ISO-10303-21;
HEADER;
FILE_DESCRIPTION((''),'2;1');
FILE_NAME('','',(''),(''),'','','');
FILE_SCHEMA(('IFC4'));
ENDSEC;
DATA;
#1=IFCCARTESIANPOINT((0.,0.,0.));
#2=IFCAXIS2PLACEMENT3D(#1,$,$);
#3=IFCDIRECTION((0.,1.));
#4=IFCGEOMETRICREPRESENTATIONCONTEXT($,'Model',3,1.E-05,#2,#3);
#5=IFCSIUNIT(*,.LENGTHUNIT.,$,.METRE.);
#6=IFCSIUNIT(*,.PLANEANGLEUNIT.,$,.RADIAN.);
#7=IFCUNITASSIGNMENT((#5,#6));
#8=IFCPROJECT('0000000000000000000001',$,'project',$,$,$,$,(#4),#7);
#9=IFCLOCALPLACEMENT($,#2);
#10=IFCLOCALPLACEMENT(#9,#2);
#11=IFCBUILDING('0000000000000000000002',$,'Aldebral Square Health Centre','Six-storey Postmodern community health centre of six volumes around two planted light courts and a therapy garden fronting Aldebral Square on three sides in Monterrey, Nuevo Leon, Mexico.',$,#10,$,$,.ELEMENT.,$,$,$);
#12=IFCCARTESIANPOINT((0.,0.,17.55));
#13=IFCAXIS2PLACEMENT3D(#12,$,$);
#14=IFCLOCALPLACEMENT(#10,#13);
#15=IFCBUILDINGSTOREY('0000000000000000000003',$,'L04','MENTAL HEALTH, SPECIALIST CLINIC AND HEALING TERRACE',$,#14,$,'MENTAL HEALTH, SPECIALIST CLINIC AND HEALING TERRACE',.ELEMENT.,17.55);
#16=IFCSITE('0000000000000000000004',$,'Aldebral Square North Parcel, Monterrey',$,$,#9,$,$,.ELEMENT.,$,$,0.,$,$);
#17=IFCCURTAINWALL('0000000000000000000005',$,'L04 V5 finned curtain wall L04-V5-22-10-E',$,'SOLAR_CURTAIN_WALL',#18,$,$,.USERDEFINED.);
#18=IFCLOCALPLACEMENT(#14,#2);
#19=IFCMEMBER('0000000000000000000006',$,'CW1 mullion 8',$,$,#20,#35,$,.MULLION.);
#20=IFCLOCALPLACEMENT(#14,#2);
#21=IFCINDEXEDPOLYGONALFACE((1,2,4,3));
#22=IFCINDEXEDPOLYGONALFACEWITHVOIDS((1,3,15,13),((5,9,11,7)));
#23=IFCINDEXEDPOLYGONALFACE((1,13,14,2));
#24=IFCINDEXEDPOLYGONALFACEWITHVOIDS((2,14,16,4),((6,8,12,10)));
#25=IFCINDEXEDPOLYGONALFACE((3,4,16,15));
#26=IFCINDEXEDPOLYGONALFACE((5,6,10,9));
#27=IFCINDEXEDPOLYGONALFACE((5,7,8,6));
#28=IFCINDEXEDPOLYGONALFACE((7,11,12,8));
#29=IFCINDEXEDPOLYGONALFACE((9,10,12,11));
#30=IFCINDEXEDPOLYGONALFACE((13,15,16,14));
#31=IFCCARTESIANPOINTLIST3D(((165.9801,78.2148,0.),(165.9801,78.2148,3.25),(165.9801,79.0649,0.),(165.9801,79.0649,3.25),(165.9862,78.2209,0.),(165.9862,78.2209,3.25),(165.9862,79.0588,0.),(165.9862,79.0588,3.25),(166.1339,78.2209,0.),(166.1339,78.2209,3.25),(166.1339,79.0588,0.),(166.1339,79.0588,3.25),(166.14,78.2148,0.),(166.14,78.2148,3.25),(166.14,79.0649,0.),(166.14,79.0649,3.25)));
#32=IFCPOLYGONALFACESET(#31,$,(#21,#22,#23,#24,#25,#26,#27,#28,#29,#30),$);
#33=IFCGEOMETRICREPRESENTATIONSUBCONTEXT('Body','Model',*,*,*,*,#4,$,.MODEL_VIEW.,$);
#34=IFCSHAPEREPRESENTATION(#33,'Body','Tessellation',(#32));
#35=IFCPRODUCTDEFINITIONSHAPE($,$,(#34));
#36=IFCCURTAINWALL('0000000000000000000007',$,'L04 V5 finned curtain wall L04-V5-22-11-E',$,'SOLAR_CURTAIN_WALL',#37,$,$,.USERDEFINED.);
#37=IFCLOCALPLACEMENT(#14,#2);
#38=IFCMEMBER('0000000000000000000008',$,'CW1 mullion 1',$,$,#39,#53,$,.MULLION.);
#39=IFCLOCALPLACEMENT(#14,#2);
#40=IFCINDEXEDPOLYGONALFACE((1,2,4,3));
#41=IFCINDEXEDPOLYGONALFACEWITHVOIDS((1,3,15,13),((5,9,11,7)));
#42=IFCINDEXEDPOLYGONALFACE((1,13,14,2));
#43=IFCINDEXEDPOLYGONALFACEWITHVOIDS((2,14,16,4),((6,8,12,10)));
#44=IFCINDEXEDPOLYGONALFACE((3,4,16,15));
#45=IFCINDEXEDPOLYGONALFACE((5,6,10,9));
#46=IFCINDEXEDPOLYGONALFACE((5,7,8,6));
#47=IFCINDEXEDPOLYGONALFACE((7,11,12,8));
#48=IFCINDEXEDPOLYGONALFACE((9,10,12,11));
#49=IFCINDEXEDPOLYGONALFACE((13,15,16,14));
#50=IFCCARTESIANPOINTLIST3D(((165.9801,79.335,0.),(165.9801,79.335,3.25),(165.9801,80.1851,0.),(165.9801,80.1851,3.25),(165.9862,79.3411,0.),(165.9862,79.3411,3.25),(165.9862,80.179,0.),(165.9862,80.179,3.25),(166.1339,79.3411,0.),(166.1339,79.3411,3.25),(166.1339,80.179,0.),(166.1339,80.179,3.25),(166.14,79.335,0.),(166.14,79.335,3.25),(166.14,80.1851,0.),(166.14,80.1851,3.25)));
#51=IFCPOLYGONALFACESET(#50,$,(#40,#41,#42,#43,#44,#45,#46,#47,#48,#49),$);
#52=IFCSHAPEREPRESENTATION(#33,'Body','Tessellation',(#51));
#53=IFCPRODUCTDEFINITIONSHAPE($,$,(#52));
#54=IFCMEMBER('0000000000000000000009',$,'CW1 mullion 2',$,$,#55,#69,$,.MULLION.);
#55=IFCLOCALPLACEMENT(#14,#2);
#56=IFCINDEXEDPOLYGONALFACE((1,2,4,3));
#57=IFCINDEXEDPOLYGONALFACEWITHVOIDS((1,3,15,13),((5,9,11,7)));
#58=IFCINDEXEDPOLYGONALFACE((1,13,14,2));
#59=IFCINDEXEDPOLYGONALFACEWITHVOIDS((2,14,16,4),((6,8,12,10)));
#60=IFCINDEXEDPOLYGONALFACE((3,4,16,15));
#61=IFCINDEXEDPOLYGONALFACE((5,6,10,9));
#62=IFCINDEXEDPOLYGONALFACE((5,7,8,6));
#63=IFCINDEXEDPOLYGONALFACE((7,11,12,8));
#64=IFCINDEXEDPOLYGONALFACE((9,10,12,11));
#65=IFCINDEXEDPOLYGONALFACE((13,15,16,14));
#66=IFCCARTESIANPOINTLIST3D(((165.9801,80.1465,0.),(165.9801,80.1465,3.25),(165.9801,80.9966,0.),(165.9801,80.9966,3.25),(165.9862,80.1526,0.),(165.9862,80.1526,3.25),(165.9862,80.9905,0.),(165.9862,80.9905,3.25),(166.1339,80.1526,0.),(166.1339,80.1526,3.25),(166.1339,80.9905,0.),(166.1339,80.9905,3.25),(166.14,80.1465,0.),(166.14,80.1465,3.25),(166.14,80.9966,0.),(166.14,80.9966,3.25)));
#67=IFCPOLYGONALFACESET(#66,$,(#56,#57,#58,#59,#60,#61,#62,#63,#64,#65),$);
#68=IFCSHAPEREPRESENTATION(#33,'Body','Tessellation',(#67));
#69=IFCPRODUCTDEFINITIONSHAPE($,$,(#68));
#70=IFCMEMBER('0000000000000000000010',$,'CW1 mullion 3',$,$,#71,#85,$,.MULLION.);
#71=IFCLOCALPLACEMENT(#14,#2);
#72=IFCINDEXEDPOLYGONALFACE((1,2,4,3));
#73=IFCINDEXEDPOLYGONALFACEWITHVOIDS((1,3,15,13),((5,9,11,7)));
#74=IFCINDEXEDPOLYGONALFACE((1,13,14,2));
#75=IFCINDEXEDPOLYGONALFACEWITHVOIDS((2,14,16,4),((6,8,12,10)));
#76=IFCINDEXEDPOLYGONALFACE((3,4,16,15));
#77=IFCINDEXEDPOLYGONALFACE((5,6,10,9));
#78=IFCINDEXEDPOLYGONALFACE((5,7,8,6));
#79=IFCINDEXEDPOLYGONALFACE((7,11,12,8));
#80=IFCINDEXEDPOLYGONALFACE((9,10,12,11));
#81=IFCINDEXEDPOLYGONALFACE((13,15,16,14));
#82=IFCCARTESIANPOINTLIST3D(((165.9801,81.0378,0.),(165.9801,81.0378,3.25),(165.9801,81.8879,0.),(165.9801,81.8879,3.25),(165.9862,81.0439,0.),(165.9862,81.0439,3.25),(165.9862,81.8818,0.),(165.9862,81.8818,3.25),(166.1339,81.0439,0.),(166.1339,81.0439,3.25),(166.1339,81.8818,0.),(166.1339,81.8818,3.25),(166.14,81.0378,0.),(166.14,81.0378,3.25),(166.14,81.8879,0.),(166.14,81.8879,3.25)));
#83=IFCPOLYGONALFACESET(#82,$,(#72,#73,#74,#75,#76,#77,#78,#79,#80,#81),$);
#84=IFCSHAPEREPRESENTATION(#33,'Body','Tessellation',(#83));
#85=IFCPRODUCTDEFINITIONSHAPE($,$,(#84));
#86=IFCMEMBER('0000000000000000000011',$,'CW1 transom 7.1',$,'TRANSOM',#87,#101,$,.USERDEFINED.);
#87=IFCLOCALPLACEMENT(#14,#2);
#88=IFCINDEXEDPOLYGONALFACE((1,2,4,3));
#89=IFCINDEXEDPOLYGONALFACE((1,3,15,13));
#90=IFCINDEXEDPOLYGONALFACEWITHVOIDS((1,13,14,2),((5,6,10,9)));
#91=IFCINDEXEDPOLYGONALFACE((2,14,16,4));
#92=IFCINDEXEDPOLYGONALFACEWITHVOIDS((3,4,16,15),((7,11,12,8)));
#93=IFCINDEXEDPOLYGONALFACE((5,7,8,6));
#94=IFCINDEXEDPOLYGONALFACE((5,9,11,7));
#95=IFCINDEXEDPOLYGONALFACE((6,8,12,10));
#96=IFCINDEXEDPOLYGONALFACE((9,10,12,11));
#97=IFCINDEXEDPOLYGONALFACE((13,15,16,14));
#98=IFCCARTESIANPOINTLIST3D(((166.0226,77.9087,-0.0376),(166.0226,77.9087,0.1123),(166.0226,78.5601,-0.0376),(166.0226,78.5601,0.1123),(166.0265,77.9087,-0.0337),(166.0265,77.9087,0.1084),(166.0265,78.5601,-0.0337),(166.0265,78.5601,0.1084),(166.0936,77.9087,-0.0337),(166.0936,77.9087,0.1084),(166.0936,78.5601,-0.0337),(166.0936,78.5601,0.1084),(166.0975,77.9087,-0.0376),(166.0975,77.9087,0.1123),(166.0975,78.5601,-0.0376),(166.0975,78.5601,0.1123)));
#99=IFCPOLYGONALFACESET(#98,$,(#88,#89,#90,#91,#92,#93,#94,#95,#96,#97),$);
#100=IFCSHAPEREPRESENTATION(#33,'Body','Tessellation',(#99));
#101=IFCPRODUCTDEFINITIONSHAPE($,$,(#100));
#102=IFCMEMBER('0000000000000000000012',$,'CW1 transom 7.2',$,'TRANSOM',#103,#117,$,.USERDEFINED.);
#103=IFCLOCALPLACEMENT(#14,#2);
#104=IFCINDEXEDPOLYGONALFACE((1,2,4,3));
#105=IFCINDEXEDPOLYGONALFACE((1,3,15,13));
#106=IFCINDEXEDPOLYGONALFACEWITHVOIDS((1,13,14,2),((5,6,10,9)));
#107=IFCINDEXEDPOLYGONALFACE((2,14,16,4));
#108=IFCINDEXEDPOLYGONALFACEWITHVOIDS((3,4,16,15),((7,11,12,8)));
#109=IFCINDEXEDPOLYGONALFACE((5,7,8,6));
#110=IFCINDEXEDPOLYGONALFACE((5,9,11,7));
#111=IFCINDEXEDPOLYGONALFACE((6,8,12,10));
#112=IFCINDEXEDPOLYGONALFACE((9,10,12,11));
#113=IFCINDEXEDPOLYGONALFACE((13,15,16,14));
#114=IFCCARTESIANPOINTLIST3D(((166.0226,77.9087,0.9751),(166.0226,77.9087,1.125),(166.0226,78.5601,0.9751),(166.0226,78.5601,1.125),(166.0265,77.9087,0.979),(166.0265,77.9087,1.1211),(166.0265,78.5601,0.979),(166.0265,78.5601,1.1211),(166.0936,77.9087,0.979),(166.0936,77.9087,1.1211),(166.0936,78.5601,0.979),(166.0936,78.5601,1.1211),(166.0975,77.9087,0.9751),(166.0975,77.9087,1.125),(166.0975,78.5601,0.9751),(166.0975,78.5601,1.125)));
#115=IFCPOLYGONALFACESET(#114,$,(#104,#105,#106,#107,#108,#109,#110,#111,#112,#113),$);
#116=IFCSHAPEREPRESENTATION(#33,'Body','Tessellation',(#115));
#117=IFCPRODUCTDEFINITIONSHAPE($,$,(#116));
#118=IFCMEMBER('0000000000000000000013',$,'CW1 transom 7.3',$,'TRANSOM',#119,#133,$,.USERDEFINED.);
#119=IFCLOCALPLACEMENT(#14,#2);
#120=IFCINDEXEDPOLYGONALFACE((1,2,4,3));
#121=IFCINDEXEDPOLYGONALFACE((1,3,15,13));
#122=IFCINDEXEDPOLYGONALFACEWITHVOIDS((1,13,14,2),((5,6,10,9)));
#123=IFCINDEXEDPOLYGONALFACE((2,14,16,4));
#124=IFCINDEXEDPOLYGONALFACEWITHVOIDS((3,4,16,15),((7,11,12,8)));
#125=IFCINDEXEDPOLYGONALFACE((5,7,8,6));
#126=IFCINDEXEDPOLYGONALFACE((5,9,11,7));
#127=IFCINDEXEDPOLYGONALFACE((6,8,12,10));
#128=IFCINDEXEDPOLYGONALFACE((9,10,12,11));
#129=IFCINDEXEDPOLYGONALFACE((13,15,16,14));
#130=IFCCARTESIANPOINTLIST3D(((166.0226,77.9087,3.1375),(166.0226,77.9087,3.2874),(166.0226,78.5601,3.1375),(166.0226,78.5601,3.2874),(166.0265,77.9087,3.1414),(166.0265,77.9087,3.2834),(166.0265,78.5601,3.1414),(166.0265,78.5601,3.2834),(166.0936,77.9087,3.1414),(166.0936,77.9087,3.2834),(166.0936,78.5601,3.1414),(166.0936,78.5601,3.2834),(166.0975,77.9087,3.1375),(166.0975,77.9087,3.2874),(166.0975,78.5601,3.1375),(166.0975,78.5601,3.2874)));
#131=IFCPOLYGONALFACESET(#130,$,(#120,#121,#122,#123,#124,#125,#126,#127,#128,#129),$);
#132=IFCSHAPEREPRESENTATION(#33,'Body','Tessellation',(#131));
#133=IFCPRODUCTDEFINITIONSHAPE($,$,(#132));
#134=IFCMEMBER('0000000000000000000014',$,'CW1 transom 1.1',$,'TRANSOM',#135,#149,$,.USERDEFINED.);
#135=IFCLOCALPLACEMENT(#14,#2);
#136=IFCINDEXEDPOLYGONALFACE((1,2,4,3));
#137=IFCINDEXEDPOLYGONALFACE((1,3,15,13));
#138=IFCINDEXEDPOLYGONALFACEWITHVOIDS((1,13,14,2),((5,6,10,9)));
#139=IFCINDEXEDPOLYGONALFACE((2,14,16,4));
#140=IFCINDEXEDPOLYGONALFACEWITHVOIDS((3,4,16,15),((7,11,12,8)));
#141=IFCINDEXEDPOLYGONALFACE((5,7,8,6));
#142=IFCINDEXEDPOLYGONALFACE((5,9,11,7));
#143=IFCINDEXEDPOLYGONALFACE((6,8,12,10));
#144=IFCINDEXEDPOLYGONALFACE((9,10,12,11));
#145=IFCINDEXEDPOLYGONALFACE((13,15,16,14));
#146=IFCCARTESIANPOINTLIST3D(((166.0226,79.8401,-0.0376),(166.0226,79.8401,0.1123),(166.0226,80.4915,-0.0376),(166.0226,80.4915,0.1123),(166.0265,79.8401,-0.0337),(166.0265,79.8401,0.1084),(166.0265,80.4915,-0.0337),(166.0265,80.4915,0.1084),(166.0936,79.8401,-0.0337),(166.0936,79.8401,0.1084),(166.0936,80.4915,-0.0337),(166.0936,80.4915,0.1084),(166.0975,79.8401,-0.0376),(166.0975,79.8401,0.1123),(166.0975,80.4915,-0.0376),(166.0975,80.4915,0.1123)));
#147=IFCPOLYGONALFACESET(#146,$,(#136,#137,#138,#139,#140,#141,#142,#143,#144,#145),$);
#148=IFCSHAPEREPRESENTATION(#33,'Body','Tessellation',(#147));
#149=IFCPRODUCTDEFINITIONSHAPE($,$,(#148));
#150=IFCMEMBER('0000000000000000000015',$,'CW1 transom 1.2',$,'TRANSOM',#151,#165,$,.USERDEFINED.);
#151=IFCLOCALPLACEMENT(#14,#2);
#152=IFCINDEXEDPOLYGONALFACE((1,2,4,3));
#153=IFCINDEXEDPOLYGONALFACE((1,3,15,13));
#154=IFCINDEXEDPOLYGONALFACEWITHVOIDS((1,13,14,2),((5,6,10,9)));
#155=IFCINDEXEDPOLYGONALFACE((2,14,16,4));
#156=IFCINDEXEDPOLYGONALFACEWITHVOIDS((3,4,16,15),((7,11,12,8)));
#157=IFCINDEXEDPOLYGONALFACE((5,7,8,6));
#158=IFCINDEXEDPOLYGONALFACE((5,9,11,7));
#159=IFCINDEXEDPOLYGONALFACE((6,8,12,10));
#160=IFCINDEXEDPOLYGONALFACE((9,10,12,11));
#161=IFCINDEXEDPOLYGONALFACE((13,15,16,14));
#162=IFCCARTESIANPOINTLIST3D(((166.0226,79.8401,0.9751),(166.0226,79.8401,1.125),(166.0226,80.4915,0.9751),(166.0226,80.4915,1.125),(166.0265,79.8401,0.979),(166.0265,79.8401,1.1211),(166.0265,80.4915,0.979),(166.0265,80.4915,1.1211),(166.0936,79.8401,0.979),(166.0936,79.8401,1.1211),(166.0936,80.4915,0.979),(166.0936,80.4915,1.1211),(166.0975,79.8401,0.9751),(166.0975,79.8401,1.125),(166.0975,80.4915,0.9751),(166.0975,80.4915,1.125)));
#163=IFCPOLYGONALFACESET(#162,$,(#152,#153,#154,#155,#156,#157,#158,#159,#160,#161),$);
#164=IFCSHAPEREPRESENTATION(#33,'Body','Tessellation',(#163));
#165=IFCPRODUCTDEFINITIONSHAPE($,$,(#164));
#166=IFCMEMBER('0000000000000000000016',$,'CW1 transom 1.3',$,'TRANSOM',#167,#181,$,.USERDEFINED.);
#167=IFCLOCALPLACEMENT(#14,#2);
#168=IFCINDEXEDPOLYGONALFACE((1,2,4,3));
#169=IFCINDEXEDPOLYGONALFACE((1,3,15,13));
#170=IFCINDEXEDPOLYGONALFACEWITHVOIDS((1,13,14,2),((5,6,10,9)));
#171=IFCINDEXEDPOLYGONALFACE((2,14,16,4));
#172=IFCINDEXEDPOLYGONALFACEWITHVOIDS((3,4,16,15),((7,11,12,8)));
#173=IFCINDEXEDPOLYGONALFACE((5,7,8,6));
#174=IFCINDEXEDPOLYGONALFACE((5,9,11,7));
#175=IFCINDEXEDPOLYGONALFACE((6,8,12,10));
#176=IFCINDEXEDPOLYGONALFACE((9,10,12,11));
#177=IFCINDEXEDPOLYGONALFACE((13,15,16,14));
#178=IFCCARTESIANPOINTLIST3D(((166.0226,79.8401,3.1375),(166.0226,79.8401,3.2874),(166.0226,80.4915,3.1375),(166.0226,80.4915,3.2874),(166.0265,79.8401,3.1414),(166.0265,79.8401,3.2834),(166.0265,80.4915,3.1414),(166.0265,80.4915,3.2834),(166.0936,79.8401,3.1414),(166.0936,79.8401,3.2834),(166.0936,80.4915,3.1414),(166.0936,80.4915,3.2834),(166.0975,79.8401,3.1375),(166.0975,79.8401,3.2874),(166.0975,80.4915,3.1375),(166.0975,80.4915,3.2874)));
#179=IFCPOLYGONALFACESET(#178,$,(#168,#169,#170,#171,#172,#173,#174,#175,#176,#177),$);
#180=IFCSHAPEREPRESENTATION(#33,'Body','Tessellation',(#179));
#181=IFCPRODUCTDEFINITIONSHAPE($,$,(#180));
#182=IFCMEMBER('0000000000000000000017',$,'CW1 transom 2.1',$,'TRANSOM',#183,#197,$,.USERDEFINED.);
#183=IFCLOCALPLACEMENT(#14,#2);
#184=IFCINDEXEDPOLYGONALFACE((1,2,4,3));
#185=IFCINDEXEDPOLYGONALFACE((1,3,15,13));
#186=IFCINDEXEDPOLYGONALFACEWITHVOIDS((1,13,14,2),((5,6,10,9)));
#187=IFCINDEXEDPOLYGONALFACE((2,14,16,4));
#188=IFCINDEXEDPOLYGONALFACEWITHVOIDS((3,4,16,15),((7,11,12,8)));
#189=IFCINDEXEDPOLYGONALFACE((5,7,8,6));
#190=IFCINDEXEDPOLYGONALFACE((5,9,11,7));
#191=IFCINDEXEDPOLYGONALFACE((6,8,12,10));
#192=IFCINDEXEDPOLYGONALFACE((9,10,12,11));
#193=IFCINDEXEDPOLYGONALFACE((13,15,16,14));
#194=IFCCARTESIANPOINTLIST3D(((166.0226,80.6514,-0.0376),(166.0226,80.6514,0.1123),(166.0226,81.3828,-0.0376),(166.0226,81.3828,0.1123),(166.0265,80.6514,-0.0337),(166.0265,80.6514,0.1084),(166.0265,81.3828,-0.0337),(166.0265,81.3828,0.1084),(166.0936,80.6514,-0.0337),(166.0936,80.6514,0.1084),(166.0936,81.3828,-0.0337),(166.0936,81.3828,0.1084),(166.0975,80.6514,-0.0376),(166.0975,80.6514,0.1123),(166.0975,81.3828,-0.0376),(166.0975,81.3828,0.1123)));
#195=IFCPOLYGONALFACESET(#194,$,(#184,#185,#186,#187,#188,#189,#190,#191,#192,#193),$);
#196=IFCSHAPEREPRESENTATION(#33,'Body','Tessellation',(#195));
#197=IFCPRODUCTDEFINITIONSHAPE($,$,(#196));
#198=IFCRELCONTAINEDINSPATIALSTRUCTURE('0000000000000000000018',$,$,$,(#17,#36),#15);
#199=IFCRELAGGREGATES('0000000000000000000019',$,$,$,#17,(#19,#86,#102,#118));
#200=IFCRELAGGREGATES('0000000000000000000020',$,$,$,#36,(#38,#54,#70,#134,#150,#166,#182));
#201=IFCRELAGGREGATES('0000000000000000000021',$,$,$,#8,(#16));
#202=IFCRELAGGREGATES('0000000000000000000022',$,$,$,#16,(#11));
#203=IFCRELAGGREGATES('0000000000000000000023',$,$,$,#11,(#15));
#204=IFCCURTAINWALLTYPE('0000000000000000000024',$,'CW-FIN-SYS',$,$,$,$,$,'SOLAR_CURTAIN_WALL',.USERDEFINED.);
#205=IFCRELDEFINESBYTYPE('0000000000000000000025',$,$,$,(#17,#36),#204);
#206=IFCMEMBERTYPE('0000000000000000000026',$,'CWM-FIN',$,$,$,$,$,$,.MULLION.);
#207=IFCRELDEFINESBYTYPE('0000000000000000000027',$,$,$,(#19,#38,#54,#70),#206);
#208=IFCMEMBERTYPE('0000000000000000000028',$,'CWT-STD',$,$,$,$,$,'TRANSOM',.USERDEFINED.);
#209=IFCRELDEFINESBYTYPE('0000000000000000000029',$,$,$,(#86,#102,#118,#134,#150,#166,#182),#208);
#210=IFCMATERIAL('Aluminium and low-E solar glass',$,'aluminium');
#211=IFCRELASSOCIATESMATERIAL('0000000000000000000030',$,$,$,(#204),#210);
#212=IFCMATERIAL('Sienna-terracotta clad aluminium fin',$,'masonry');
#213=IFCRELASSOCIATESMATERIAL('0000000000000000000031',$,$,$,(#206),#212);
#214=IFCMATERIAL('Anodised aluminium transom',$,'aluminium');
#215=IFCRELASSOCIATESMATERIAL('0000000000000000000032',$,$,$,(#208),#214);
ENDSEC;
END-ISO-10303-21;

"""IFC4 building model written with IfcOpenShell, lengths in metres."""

from ifc_helpers import new_model, si_unit, direction, frame, origin, origin_2d, place, context, subcontext, project, spatial, hollow_rectangle, extrude, material, material_profile, profile_set, type_object, element, aggregate, save


model = new_model("IFC4")

# Units and contexts
model_context = context("Model", 3, precision=1e-05, world=origin(), true_north=direction((0.0, 1.0)))
body_context = subcontext(model_context, "Body", "Model", "MODEL_VIEW")
ifc_project = project(units=[si_unit("LENGTHUNIT", "METRE"), si_unit("PLANEANGLEUNIT", "RADIAN")], contexts=[model_context])

# Site, building, storey
site_placement = place(None, origin())
site = spatial("IfcSite", under=ifc_project, at=site_placement, Name="Aldebral Square North Parcel, Monterrey", CompositionType="ELEMENT", RefElevation=0.0)
building_placement = place(site_placement, origin())
building = spatial("IfcBuilding", under=site, at=building_placement, Name="Aldebral Square Health Centre", Description="Six-storey Postmodern community health centre of six volumes around two planted light courts and a therapy garden fronting Aldebral Square on three sides in Monterrey, Nuevo Leon, Mexico.", CompositionType="ELEMENT")
storey_placement = place(building_placement, frame((0.0, 0.0, 17.55)))
storey = spatial("IfcBuildingStorey", under=building, at=storey_placement, Name="L04", Description="MENTAL HEALTH, SPECIALIST CLINIC AND HEALING TERRACE", LongName="MENTAL HEALTH, SPECIALIST CLINIC AND HEALING TERRACE", CompositionType="ELEMENT", Elevation=17.55)

# Curtain wall, member
ifc_material_1 = material(Name="Aluminium and low-E solar glass", Category="aluminium")
curtain_wall_type = type_object("IfcCurtainWallType", Name="CW-FIN-SYS", ElementType="SOLAR_CURTAIN_WALL", PredefinedType="USERDEFINED", material=ifc_material_1)
curtain_wall_1_placement = place(storey_placement, origin())
curtain_wall_1 = element("IfcCurtainWall", 1, at=curtain_wall_1_placement, inside=storey, type_object=curtain_wall_type, Name="L04 V5 finned curtain wall L04-V5-22-10-E", ObjectType="SOLAR_CURTAIN_WALL", PredefinedType="USERDEFINED")
ifc_material_2 = material(Name="Sienna-terracotta clad aluminium fin", Category="masonry")
ifc_material_profile_1 = material_profile(ifc_material_2, hollow_rectangle(XDim=0.1599, YDim=0.8501, WallThickness=0.0061, at=origin_2d()), Name="FIN 160x850x6")
ifc_profile_set_1 = profile_set([ifc_material_profile_1], Name="Sienna-terracotta clad aluminium fin")
member_type_1 = type_object("IfcMemberType", Name="CWM-FIN", PredefinedType="MULLION", material=ifc_profile_set_1)
member_1_placement = place(storey_placement, frame((166.0601, 78.6399, 0.0), z_axis=(0.0, 0.0, 1.0), x_axis=(-1.0, 0.0, 0.0)))
member_1 = element("IfcMember", 2, at=member_1_placement, type_object=member_type_1, Name="CW1 mullion 8", PredefinedType="MULLION", context=body_context, shape_type="SweptSolid", body=[
    extrude(hollow_rectangle(XDim=0.1599, YDim=0.8501, WallThickness=0.0061, at=origin_2d()), origin(), (0.0, 0.0, 1.0), 3.25),
])

# Curtain wall, members
curtain_wall_2_placement = place(storey_placement, origin())
curtain_wall_2 = element("IfcCurtainWall", 3, at=curtain_wall_2_placement, inside=storey, type_object=curtain_wall_type, Name="L04 V5 finned curtain wall L04-V5-22-11-E", ObjectType="SOLAR_CURTAIN_WALL", PredefinedType="USERDEFINED")
member_2_placement = place(storey_placement, frame((166.0601, 79.76, 0.0), z_axis=(0.0, 0.0, 1.0), x_axis=(-1.0, 0.0, 0.0)))
member_2 = element("IfcMember", 4, at=member_2_placement, type_object=member_type_1, Name="CW1 mullion 1", PredefinedType="MULLION", context=body_context, shape_type="SweptSolid", body=[
    extrude(hollow_rectangle(XDim=0.1599, YDim=0.8501, WallThickness=0.0061, at=origin_2d()), origin(), (0.0, 0.0, 1.0), 3.25),
])
member_3_placement = place(storey_placement, frame((166.0601, 80.5715, 0.0), z_axis=(0.0, 0.0, 1.0), x_axis=(-1.0, 0.0, 0.0)))
member_3 = element("IfcMember", 5, at=member_3_placement, type_object=member_type_1, Name="CW1 mullion 2", PredefinedType="MULLION", context=body_context, shape_type="SweptSolid", body=[
    extrude(hollow_rectangle(XDim=0.1599, YDim=0.8501, WallThickness=0.0061, at=origin_2d()), origin(), (0.0, 0.0, 1.0), 3.25),
])
member_4_placement = place(storey_placement, frame((166.0601, 81.4629, 0.0), z_axis=(0.0, 0.0, 1.0), x_axis=(-1.0, 0.0, 0.0)))
member_4 = element("IfcMember", 6, at=member_4_placement, type_object=member_type_1, Name="CW1 mullion 3", PredefinedType="MULLION", context=body_context, shape_type="SweptSolid", body=[
    extrude(hollow_rectangle(XDim=0.1599, YDim=0.8501, WallThickness=0.0061, at=origin_2d()), origin(), (0.0, 0.0, 1.0), 3.25),
])

# Members
ifc_material_3 = material(Name="Anodised aluminium transom", Category="aluminium")
ifc_material_profile_2 = material_profile(ifc_material_3, hollow_rectangle(XDim=0.075, YDim=0.1499, WallThickness=0.0039, at=origin_2d()), Name="CWT 75x150x4")
ifc_profile_set_2 = profile_set([ifc_material_profile_2], Name="Anodised aluminium transom")
member_type_2 = type_object("IfcMemberType", Name="CWT-STD", ElementType="TRANSOM", PredefinedType="USERDEFINED", material=ifc_profile_set_2)
member_5_placement = place(storey_placement, frame((166.0601, 77.9087, 0.0374), z_axis=(0.0, 1.0, 0.0), x_axis=(-1.0, 0.0, 0.0)))
member_5 = element("IfcMember", 7, at=member_5_placement, type_object=member_type_2, Name="CW1 transom 7.1", ObjectType="TRANSOM", PredefinedType="USERDEFINED", context=body_context, shape_type="SweptSolid", body=[
    extrude(hollow_rectangle(XDim=0.075, YDim=0.1499, WallThickness=0.0039, at=origin_2d()), origin(), (0.0, 0.0, 1.0), 0.6514),
])
member_6_placement = place(storey_placement, frame((166.0601, 77.9087, 1.05), z_axis=(0.0, 1.0, 0.0), x_axis=(-1.0, 0.0, 0.0)))
member_6 = element("IfcMember", 8, at=member_6_placement, type_object=member_type_2, Name="CW1 transom 7.2", ObjectType="TRANSOM", PredefinedType="USERDEFINED", context=body_context, shape_type="SweptSolid", body=[
    extrude(hollow_rectangle(XDim=0.075, YDim=0.1499, WallThickness=0.0039, at=origin_2d()), origin(), (0.0, 0.0, 1.0), 0.6514),
])
member_7_placement = place(storey_placement, frame((166.0601, 77.9087, 3.2124), z_axis=(0.0, 1.0, 0.0), x_axis=(-1.0, 0.0, 0.0)))
member_7 = element("IfcMember", 9, at=member_7_placement, type_object=member_type_2, Name="CW1 transom 7.3", ObjectType="TRANSOM", PredefinedType="USERDEFINED", context=body_context, shape_type="SweptSolid", body=[
    extrude(hollow_rectangle(XDim=0.075, YDim=0.1499, WallThickness=0.0039, at=origin_2d()), origin(), (0.0, 0.0, 1.0), 0.6514),
])
member_8_placement = place(storey_placement, frame((166.0601, 79.8401, 0.0374), z_axis=(0.0, 1.0, 0.0), x_axis=(-1.0, 0.0, 0.0)))
member_8 = element("IfcMember", 10, at=member_8_placement, type_object=member_type_2, Name="CW1 transom 1.1", ObjectType="TRANSOM", PredefinedType="USERDEFINED", context=body_context, shape_type="SweptSolid", body=[
    extrude(hollow_rectangle(XDim=0.075, YDim=0.1499, WallThickness=0.0039, at=origin_2d()), origin(), (0.0, 0.0, 1.0), 0.6514),
])
member_9_placement = place(storey_placement, frame((166.0601, 79.8401, 1.05), z_axis=(0.0, 1.0, 0.0), x_axis=(-1.0, 0.0, 0.0)))
member_9 = element("IfcMember", 11, at=member_9_placement, type_object=member_type_2, Name="CW1 transom 1.2", ObjectType="TRANSOM", PredefinedType="USERDEFINED", context=body_context, shape_type="SweptSolid", body=[
    extrude(hollow_rectangle(XDim=0.075, YDim=0.1499, WallThickness=0.0039, at=origin_2d()), origin(), (0.0, 0.0, 1.0), 0.6514),
])
member_10_placement = place(storey_placement, frame((166.0601, 79.8401, 3.2124), z_axis=(0.0, 1.0, 0.0), x_axis=(-1.0, 0.0, 0.0)))
member_10 = element("IfcMember", 12, at=member_10_placement, type_object=member_type_2, Name="CW1 transom 1.3", ObjectType="TRANSOM", PredefinedType="USERDEFINED", context=body_context, shape_type="SweptSolid", body=[
    extrude(hollow_rectangle(XDim=0.075, YDim=0.1499, WallThickness=0.0039, at=origin_2d()), origin(), (0.0, 0.0, 1.0), 0.6514),
])
member_11_placement = place(storey_placement, frame((166.0601, 80.6514, 0.0374), z_axis=(0.0, 1.0, 0.0), x_axis=(-1.0, 0.0, 0.0)))
member_11 = element("IfcMember", 13, at=member_11_placement, type_object=member_type_2, Name="CW1 transom 2.1", ObjectType="TRANSOM", PredefinedType="USERDEFINED", context=body_context, shape_type="SweptSolid", body=[
    extrude(hollow_rectangle(XDim=0.075, YDim=0.1499, WallThickness=0.0039, at=origin_2d()), origin(), (0.0, 0.0, 1.0), 0.7314),
])

aggregate(curtain_wall_1, [member_1, member_5, member_6, member_7])
aggregate(curtain_wall_2, [member_2, member_3, member_4, member_8, member_9, member_10, member_11])

save(model, "model.ifc")
